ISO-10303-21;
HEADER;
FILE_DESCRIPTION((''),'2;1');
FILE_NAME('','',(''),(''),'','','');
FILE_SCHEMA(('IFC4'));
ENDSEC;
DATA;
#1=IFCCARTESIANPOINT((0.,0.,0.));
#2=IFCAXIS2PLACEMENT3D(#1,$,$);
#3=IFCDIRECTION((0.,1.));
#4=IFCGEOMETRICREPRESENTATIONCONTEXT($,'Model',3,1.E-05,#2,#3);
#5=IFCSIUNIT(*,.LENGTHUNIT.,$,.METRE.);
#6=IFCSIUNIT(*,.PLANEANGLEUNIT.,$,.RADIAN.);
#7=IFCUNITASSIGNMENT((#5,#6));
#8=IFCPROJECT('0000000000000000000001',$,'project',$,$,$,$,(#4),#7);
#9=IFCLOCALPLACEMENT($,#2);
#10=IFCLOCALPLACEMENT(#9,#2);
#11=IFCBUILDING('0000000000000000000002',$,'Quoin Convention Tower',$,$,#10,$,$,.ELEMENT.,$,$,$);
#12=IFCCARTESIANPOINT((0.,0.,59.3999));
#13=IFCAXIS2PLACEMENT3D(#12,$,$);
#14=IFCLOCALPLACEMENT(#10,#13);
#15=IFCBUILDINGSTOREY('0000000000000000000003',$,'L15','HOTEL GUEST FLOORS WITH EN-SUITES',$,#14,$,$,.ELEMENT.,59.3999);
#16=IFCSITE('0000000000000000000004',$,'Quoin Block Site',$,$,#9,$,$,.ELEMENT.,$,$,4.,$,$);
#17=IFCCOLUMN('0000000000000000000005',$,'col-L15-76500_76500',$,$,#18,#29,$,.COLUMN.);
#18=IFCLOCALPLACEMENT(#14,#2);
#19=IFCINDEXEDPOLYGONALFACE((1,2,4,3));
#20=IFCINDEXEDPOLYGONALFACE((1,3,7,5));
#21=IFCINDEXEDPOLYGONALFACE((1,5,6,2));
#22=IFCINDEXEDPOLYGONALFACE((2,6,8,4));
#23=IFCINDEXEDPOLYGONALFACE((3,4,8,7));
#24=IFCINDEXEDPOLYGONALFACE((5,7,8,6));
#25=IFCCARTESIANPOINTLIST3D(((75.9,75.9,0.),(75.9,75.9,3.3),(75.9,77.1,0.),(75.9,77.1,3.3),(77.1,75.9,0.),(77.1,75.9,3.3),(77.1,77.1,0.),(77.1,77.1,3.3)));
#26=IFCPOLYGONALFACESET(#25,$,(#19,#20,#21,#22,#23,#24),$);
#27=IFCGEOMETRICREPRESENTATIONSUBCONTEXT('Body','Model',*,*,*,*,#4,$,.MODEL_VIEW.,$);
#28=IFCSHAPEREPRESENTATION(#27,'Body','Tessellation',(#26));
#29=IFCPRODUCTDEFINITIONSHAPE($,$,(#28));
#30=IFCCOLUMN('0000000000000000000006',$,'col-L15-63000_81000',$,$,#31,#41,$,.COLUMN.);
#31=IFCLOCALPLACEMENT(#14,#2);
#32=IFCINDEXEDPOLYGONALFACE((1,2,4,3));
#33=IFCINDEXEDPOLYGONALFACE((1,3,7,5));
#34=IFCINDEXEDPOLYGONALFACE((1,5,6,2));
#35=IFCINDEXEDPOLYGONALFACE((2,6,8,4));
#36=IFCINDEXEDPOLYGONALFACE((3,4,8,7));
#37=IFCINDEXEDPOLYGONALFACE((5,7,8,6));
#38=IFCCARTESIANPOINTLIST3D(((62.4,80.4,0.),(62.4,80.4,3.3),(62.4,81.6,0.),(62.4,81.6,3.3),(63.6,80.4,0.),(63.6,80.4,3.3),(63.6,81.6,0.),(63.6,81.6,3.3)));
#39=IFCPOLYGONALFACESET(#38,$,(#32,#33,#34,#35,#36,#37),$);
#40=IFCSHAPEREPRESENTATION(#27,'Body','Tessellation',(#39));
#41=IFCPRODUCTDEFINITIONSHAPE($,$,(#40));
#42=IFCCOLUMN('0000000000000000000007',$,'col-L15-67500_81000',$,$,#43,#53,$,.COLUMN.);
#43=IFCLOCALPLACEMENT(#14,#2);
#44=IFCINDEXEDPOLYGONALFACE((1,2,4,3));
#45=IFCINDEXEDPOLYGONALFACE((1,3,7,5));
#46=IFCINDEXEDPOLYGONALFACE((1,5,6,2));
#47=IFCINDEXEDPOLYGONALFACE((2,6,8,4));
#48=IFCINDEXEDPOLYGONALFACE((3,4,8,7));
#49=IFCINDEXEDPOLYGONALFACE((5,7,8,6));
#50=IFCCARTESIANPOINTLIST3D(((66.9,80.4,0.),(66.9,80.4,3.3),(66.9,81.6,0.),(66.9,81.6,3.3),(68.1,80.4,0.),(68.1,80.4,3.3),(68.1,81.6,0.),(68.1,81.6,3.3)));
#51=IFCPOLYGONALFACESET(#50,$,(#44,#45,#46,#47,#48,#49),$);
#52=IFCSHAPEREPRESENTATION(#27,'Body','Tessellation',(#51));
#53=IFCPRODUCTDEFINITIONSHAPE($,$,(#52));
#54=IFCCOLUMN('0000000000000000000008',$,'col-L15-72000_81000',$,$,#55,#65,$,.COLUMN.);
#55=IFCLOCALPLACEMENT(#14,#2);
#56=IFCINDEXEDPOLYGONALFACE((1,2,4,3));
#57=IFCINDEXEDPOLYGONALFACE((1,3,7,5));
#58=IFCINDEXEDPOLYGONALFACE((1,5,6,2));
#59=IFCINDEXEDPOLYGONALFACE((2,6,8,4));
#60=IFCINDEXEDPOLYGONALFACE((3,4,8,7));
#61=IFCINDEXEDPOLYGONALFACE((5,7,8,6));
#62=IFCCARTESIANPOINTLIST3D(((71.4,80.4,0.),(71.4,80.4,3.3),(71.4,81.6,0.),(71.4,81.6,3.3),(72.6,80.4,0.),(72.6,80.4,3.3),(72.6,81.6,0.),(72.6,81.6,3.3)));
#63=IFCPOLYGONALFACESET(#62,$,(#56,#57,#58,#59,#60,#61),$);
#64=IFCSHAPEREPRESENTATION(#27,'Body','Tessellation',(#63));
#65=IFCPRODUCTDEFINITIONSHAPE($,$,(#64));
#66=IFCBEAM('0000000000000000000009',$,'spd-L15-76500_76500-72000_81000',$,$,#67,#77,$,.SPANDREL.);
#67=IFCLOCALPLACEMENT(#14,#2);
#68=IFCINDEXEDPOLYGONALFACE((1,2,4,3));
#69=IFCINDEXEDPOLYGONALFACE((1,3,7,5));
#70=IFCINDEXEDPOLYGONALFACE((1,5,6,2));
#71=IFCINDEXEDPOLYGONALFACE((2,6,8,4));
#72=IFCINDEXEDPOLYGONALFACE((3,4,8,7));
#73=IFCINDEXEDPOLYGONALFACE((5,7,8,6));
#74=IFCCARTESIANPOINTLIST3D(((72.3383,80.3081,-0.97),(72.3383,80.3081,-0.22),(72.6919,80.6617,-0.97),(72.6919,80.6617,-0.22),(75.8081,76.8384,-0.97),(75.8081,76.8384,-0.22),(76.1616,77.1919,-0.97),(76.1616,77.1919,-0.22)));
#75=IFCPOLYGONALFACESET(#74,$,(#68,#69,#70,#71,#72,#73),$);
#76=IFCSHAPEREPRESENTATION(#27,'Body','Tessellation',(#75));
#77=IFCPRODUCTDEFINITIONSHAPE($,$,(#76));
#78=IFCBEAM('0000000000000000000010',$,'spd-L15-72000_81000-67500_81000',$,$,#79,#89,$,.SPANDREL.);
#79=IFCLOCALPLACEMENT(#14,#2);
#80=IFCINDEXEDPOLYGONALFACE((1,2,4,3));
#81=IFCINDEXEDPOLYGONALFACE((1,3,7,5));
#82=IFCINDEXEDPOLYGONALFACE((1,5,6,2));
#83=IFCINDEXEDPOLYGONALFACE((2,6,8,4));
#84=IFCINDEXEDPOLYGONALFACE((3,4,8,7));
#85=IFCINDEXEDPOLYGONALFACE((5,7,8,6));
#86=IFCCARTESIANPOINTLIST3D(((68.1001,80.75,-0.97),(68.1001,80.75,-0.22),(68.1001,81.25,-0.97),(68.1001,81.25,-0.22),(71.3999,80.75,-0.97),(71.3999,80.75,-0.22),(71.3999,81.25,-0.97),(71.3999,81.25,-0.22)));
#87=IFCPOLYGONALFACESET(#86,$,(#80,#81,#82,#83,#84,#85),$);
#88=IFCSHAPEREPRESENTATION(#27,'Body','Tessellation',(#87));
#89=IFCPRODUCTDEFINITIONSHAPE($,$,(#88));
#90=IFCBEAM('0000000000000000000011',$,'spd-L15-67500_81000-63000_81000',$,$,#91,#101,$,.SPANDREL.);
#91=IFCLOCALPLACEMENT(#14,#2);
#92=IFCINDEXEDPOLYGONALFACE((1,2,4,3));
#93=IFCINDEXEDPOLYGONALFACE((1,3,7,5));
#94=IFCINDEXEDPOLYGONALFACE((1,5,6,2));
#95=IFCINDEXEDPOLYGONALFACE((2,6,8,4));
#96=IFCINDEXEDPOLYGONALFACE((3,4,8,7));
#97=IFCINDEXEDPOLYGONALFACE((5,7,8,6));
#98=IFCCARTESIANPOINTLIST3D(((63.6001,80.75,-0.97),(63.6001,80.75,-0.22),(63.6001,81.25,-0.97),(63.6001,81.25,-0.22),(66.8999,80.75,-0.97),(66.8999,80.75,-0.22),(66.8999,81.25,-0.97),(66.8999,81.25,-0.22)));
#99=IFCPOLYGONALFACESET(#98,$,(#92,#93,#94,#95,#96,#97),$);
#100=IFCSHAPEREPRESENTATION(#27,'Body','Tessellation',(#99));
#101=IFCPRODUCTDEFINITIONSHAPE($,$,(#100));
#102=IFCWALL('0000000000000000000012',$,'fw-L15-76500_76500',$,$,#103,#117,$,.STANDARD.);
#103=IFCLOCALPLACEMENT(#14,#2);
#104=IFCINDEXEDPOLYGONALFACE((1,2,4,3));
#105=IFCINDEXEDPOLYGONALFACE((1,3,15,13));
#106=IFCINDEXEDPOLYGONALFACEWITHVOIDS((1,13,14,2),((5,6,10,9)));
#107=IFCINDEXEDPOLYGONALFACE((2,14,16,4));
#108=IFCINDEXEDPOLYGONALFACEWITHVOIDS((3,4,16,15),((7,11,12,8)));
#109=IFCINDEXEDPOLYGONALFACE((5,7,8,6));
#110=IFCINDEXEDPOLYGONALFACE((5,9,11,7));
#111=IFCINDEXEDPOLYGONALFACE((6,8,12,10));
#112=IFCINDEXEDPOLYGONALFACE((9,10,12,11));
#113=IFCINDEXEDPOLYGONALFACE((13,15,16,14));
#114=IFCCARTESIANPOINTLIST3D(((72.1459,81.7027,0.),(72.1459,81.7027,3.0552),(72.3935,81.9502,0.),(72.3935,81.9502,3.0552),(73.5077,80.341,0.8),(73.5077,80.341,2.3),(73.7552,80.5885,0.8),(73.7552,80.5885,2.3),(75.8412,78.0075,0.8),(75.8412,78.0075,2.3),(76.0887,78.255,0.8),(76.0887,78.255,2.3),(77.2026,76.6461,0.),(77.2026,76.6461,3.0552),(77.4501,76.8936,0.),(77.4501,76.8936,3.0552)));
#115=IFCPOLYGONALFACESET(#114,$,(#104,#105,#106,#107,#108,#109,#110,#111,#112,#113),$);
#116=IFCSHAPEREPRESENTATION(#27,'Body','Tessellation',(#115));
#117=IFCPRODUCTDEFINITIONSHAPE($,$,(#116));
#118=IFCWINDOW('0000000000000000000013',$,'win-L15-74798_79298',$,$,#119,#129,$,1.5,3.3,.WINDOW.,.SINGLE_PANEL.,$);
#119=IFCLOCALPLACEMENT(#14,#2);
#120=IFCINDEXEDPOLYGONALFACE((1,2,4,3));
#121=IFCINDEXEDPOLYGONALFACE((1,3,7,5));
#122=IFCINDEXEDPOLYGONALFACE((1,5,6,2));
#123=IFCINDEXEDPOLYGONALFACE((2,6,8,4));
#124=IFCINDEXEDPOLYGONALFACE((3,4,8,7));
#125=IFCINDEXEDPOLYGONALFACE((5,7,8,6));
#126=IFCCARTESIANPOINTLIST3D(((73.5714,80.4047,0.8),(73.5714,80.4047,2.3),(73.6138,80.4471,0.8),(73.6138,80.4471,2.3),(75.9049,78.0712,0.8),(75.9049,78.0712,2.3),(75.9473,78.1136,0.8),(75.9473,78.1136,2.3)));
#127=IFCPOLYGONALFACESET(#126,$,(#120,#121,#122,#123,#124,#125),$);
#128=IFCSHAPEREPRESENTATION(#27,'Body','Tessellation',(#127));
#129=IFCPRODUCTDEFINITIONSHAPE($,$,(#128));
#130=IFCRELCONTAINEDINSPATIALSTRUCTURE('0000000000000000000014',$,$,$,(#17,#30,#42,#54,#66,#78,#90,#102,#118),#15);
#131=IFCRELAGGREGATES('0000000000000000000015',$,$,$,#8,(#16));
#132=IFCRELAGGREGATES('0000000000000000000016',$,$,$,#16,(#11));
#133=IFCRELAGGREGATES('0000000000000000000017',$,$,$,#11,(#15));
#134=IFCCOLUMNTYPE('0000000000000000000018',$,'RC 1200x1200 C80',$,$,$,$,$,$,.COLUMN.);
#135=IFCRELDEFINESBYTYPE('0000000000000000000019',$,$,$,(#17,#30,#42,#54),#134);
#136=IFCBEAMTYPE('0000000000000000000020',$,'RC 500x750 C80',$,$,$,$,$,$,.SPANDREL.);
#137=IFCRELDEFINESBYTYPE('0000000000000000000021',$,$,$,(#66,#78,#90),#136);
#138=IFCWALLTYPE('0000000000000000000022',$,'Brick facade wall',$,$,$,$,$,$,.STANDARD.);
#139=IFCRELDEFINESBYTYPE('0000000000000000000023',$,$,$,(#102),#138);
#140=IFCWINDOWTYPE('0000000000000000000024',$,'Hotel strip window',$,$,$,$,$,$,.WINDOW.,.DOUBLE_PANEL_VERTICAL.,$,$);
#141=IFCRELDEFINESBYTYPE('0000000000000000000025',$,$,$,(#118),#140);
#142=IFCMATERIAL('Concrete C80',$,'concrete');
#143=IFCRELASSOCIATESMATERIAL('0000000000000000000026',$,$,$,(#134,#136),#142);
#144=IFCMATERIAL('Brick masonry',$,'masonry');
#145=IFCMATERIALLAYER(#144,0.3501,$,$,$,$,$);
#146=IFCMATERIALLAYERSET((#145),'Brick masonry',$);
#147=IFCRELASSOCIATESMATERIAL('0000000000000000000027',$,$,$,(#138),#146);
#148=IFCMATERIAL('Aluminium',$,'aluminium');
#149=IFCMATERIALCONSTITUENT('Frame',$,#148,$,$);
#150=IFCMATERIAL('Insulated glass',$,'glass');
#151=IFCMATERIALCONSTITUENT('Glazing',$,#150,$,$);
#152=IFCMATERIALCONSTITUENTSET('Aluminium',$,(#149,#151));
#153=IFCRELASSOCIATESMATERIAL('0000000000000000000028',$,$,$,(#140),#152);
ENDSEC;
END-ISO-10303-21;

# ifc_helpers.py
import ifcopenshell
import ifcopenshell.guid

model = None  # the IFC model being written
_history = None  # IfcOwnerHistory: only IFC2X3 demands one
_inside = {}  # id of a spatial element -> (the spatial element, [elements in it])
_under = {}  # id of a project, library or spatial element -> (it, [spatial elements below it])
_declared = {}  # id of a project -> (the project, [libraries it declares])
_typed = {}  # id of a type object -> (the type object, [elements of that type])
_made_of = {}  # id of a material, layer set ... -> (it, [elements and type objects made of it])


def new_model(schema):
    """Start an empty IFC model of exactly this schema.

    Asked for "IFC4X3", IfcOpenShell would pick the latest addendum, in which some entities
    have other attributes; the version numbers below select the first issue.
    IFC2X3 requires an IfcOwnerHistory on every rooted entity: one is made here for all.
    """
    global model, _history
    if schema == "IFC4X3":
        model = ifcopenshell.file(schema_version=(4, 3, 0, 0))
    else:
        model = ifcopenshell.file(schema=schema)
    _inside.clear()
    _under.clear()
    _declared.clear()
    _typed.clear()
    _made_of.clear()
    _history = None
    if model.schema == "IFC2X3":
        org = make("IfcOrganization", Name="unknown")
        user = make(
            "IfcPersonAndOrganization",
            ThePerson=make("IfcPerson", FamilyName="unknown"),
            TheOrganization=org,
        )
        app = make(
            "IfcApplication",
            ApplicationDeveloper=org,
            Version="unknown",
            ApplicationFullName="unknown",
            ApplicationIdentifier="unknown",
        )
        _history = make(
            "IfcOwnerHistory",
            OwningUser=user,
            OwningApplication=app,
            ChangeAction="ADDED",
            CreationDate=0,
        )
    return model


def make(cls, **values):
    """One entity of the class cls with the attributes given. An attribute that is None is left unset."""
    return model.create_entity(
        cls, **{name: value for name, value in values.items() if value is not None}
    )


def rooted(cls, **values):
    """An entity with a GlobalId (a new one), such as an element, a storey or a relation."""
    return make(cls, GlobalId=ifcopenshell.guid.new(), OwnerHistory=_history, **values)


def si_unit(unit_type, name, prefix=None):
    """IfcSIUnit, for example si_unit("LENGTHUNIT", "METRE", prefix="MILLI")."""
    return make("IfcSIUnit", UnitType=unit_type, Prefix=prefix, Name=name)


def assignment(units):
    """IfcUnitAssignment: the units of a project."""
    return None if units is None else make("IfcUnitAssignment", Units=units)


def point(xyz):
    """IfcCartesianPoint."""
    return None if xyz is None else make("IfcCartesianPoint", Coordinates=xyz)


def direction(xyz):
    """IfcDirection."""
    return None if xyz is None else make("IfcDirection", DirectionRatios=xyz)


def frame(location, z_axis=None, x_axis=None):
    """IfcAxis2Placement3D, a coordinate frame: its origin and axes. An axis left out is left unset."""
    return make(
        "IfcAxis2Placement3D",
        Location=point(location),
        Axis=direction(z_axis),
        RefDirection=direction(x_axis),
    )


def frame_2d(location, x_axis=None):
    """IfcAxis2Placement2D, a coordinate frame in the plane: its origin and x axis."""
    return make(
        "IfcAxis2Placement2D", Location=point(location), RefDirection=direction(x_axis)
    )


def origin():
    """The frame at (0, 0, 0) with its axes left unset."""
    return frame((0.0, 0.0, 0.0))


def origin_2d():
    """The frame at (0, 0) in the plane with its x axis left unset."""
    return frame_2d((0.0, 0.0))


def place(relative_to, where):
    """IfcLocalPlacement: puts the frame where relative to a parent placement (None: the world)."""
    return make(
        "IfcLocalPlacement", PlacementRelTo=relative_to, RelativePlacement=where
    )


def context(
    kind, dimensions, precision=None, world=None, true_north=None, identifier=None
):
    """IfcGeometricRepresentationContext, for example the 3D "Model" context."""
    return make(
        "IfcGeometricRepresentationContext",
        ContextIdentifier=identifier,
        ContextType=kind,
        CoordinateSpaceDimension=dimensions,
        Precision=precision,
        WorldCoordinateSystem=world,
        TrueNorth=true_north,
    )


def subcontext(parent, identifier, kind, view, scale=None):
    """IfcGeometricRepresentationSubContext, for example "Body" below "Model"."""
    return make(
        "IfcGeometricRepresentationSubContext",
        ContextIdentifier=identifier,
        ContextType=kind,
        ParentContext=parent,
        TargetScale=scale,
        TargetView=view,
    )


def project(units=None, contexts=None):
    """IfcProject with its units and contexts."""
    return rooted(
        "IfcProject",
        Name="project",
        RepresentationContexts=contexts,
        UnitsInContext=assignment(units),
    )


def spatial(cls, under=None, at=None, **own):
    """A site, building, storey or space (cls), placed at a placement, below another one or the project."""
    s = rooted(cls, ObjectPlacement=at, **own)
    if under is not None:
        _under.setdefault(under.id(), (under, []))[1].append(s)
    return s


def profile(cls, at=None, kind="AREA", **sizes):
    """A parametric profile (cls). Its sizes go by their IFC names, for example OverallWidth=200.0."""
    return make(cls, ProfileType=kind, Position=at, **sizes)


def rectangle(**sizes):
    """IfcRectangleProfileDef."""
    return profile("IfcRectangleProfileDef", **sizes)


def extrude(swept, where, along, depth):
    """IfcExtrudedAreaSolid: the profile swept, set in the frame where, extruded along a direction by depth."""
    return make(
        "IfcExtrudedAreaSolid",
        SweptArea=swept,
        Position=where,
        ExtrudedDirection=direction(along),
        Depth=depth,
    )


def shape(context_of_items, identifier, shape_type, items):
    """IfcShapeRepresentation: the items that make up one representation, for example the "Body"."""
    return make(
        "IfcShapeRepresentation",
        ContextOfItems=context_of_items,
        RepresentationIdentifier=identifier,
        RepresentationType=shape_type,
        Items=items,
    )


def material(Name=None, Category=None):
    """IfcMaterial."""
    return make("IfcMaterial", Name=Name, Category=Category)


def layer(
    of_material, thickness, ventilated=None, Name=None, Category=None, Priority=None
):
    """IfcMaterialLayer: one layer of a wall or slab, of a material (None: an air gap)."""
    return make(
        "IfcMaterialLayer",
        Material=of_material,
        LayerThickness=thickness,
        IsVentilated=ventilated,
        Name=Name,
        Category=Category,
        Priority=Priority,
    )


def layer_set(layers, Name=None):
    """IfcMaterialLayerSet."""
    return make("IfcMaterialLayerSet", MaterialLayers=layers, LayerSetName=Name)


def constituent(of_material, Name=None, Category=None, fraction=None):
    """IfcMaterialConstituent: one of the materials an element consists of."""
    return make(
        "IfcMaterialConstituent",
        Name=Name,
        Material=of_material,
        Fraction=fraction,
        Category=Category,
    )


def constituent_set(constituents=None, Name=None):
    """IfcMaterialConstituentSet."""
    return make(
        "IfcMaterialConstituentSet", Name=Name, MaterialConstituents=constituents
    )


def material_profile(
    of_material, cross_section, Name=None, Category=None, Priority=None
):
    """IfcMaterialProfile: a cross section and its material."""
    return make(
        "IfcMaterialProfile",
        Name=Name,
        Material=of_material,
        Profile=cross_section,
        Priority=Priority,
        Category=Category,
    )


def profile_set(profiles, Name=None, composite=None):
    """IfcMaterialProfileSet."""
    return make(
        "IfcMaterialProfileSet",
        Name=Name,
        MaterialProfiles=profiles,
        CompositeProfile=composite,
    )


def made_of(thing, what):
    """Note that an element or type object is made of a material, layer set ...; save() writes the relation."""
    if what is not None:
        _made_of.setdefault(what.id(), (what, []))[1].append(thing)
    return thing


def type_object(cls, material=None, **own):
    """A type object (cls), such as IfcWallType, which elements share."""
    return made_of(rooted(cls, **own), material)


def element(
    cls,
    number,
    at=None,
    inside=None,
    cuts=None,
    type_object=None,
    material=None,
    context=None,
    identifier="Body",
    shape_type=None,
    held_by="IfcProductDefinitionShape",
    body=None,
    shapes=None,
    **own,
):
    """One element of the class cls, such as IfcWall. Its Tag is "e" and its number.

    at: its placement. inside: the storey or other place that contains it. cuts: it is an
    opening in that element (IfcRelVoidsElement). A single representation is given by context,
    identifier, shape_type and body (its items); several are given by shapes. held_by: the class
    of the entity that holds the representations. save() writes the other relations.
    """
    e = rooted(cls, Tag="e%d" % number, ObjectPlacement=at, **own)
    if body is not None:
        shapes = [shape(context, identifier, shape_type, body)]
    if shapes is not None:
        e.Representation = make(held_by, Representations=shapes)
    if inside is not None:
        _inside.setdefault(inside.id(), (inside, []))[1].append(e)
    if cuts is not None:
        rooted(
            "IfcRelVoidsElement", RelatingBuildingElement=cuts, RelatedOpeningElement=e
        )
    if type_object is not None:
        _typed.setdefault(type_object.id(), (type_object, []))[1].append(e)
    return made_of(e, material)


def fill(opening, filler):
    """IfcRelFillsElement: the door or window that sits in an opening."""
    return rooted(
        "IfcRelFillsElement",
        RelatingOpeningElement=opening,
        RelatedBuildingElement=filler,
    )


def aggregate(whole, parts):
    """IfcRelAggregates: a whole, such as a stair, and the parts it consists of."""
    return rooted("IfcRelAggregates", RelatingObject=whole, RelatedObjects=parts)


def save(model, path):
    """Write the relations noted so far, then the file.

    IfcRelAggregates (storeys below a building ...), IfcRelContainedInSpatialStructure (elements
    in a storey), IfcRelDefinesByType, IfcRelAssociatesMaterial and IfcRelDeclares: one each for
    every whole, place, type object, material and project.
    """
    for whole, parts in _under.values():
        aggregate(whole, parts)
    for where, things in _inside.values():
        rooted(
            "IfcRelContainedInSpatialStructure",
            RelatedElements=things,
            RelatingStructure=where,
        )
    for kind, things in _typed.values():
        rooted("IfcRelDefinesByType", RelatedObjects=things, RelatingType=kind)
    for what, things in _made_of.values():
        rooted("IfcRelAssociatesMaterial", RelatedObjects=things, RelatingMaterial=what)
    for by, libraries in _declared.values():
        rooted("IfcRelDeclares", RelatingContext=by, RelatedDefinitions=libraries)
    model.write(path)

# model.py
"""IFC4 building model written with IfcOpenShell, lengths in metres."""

from ifc_helpers import new_model, si_unit, direction, frame, frame_2d, origin, origin_2d, place, context, subcontext, project, spatial, rectangle, extrude, material, layer, layer_set, constituent, constituent_set, material_profile, profile_set, type_object, element, fill, save


model = new_model("IFC4")

# Units and contexts
model_context = context("Model", 3, precision=1e-05, world=origin(), true_north=direction((0.0, 1.0)))
body_context = subcontext(model_context, "Body", "Model", "MODEL_VIEW")
ifc_project = project(units=[si_unit("LENGTHUNIT", "METRE"), si_unit("PLANEANGLEUNIT", "RADIAN")], contexts=[model_context])

# Site, building, storey
site_placement = place(None, origin())
site = spatial("IfcSite", under=ifc_project, at=site_placement, Name="Quoin Block Site", CompositionType="ELEMENT", RefElevation=4.0)
building_placement = place(site_placement, origin())
building = spatial("IfcBuilding", under=site, at=building_placement, Name="Quoin Convention Tower", CompositionType="ELEMENT")
storey_placement = place(building_placement, frame((0.0, 0.0, 59.3999)))
storey = spatial("IfcBuildingStorey", under=building, at=storey_placement, Name="L15", Description="HOTEL GUEST FLOORS WITH EN-SUITES", CompositionType="ELEMENT", Elevation=59.3999)

# Columns
ifc_material_1 = material(Name="Concrete C80", Category="concrete")
ifc_material_profile_1 = material_profile(ifc_material_1, rectangle(XDim=1.2, YDim=1.2, at=origin_2d()), Name="RC 1200x1200")
ifc_profile_set_1 = profile_set([ifc_material_profile_1], Name="Concrete C80")
column_type = type_object("IfcColumnType", Name="RC 1200x1200 C80", PredefinedType="COLUMN", material=ifc_profile_set_1)
for number, where, z_axis, x_axis, name in (
    (1, (76.5, 76.5, 0.0), (0.0, 0.0, 1.0), (1.0, 0.0, 0.0), "col-L15-76500_76500"),
    (2, (63.0, 81.0, 0.0), (0.0, 0.0, 1.0), (1.0, 0.0, 0.0), "col-L15-63000_81000"),
    (3, (67.5, 81.0, 0.0), (0.0, 0.0, 1.0), (1.0, 0.0, 0.0), "col-L15-67500_81000"),
    (4, (72.0, 81.0, 0.0), (0.0, 0.0, 1.0), (1.0, 0.0, 0.0), "col-L15-72000_81000"),
):
    element("IfcColumn", number, at=place(storey_placement, frame(where, z_axis=z_axis, x_axis=x_axis)), inside=storey, type_object=column_type, Name=name, PredefinedType="COLUMN", context=body_context, shape_type="SweptSolid", body=[
        extrude(rectangle(XDim=1.2, YDim=1.2, at=origin_2d()), origin(), (0.0, 0.0, 1.0), 3.3),
    ])

# Beams
ifc_material_profile_2 = material_profile(ifc_material_1, rectangle(XDim=0.5, YDim=0.75, at=origin_2d()), Name="RC 500x750")
ifc_profile_set_2 = profile_set([ifc_material_profile_2], Name="Concrete C80")
beam_type = type_object("IfcBeamType", Name="RC 500x750 C80", PredefinedType="SPANDREL", material=ifc_profile_set_2)
beam_placement = place(storey_placement, frame((75.9849, 77.0151, -0.595), z_axis=(-0.707107, 0.707107, 0.0), x_axis=(-0.707107, -0.707107, 0.0)))
element("IfcBeam", 5, at=beam_placement, inside=storey, type_object=beam_type, Name="spd-L15-76500_76500-72000_81000", PredefinedType="SPANDREL", context=body_context, shape_type="SweptSolid", body=[
    extrude(rectangle(XDim=0.5, YDim=0.75, at=origin_2d()), origin(), (0.0, 0.0, 1.0), 4.907),
])
for number, where, z_axis, x_axis, name in (
    (6, (71.3999, 81.0, -0.595), (-1.0, 0.0, 0.0), (0.0, -1.0, 0.0), "spd-L15-72000_81000-67500_81000"),
    (7, (66.8999, 81.0, -0.595), (-1.0, 0.0, 0.0), (0.0, -1.0, 0.0), "spd-L15-67500_81000-63000_81000"),
):
    element("IfcBeam", number, at=place(storey_placement, frame(where, z_axis=z_axis, x_axis=x_axis)), inside=storey, type_object=beam_type, Name=name, PredefinedType="SPANDREL", context=body_context, shape_type="SweptSolid", body=[
        extrude(rectangle(XDim=0.5, YDim=0.75, at=origin_2d()), origin(), (0.0, 0.0, 1.0), 3.2998),
    ])

# Wall, opening, window
ifc_material_2 = material(Name="Brick masonry", Category="masonry")
ifc_layer_1 = layer(ifc_material_2, 0.3501)
ifc_layer_set_1 = layer_set([ifc_layer_1], Name="Brick masonry")
wall_type_1 = type_object("IfcWallType", Name="Brick facade wall", PredefinedType="STANDARD", material=ifc_layer_set_1)
wall_1_placement = place(storey_placement, frame((77.3264, 76.7698, 0.0), z_axis=(0.0, 0.0, 1.0), x_axis=(-0.707107, 0.707107, 0.0)))
wall_1 = element("IfcWall", 8, at=wall_1_placement, inside=storey, type_object=wall_type_1, Name="fw-L15-76500_76500", PredefinedType="STANDARD", context=body_context, shape_type="SweptSolid", body=[
    extrude(rectangle(XDim=7.1511, YDim=0.3501, at=frame_2d((3.5757, 0.0))), origin(), (0.0, 0.0, 1.0), 3.0552),
])
opening_1_placement = place(wall_1_placement, frame((1.9255, 0.0, 0.8)))
opening_1 = element("IfcOpeningElement", 9, at=opening_1_placement, cuts=wall_1, PredefinedType="OPENING", context=body_context, shape_type="SweptSolid", body=[
    extrude(rectangle(XDim=3.3, YDim=1.5, at=frame_2d((1.6499, 0.75))), frame((0.0, 0.1851, 0.0), z_axis=(0.0, -1.0, 0.0), x_axis=(1.0, 0.0, 0.0)), (0.0, 0.0, 1.0), 0.3701),
])
ifc_material_3 = material(Name="Aluminium", Category="aluminium")
ifc_constituent_1 = constituent(ifc_material_3, Name="Frame")
ifc_material_4 = material(Name="Insulated glass", Category="glass")
ifc_constituent_2 = constituent(ifc_material_4, Name="Glazing")
ifc_constituent_set = constituent_set(constituents=[ifc_constituent_1, ifc_constituent_2], Name="Aluminium")
window_type = type_object("IfcWindowType", Name="Hotel strip window", PartitioningType="DOUBLE_PANEL_VERTICAL", PredefinedType="WINDOW", material=ifc_constituent_set)
window_1_placement = place(opening_1_placement, origin())
window_1 = element("IfcWindow", 10, at=window_1_placement, inside=storey, type_object=window_type, Name="win-L15-74798_79298", OverallHeight=1.5, OverallWidth=3.3, PartitioningType="SINGLE_PANEL", PredefinedType="WINDOW", context=body_context, shape_type="SweptSolid", body=[
    extrude(rectangle(XDim=3.3, YDim=1.5, at=frame_2d((1.6499, 0.75))), frame((0.0, 0.085, 0.0), z_axis=(0.0, -1.0, 0.0), x_axis=(1.0, 0.0, 0.0)), (0.0, 0.0, 1.0), 0.0601),
])
fill(opening_1, window_1)

save(model, "model.ifc")
